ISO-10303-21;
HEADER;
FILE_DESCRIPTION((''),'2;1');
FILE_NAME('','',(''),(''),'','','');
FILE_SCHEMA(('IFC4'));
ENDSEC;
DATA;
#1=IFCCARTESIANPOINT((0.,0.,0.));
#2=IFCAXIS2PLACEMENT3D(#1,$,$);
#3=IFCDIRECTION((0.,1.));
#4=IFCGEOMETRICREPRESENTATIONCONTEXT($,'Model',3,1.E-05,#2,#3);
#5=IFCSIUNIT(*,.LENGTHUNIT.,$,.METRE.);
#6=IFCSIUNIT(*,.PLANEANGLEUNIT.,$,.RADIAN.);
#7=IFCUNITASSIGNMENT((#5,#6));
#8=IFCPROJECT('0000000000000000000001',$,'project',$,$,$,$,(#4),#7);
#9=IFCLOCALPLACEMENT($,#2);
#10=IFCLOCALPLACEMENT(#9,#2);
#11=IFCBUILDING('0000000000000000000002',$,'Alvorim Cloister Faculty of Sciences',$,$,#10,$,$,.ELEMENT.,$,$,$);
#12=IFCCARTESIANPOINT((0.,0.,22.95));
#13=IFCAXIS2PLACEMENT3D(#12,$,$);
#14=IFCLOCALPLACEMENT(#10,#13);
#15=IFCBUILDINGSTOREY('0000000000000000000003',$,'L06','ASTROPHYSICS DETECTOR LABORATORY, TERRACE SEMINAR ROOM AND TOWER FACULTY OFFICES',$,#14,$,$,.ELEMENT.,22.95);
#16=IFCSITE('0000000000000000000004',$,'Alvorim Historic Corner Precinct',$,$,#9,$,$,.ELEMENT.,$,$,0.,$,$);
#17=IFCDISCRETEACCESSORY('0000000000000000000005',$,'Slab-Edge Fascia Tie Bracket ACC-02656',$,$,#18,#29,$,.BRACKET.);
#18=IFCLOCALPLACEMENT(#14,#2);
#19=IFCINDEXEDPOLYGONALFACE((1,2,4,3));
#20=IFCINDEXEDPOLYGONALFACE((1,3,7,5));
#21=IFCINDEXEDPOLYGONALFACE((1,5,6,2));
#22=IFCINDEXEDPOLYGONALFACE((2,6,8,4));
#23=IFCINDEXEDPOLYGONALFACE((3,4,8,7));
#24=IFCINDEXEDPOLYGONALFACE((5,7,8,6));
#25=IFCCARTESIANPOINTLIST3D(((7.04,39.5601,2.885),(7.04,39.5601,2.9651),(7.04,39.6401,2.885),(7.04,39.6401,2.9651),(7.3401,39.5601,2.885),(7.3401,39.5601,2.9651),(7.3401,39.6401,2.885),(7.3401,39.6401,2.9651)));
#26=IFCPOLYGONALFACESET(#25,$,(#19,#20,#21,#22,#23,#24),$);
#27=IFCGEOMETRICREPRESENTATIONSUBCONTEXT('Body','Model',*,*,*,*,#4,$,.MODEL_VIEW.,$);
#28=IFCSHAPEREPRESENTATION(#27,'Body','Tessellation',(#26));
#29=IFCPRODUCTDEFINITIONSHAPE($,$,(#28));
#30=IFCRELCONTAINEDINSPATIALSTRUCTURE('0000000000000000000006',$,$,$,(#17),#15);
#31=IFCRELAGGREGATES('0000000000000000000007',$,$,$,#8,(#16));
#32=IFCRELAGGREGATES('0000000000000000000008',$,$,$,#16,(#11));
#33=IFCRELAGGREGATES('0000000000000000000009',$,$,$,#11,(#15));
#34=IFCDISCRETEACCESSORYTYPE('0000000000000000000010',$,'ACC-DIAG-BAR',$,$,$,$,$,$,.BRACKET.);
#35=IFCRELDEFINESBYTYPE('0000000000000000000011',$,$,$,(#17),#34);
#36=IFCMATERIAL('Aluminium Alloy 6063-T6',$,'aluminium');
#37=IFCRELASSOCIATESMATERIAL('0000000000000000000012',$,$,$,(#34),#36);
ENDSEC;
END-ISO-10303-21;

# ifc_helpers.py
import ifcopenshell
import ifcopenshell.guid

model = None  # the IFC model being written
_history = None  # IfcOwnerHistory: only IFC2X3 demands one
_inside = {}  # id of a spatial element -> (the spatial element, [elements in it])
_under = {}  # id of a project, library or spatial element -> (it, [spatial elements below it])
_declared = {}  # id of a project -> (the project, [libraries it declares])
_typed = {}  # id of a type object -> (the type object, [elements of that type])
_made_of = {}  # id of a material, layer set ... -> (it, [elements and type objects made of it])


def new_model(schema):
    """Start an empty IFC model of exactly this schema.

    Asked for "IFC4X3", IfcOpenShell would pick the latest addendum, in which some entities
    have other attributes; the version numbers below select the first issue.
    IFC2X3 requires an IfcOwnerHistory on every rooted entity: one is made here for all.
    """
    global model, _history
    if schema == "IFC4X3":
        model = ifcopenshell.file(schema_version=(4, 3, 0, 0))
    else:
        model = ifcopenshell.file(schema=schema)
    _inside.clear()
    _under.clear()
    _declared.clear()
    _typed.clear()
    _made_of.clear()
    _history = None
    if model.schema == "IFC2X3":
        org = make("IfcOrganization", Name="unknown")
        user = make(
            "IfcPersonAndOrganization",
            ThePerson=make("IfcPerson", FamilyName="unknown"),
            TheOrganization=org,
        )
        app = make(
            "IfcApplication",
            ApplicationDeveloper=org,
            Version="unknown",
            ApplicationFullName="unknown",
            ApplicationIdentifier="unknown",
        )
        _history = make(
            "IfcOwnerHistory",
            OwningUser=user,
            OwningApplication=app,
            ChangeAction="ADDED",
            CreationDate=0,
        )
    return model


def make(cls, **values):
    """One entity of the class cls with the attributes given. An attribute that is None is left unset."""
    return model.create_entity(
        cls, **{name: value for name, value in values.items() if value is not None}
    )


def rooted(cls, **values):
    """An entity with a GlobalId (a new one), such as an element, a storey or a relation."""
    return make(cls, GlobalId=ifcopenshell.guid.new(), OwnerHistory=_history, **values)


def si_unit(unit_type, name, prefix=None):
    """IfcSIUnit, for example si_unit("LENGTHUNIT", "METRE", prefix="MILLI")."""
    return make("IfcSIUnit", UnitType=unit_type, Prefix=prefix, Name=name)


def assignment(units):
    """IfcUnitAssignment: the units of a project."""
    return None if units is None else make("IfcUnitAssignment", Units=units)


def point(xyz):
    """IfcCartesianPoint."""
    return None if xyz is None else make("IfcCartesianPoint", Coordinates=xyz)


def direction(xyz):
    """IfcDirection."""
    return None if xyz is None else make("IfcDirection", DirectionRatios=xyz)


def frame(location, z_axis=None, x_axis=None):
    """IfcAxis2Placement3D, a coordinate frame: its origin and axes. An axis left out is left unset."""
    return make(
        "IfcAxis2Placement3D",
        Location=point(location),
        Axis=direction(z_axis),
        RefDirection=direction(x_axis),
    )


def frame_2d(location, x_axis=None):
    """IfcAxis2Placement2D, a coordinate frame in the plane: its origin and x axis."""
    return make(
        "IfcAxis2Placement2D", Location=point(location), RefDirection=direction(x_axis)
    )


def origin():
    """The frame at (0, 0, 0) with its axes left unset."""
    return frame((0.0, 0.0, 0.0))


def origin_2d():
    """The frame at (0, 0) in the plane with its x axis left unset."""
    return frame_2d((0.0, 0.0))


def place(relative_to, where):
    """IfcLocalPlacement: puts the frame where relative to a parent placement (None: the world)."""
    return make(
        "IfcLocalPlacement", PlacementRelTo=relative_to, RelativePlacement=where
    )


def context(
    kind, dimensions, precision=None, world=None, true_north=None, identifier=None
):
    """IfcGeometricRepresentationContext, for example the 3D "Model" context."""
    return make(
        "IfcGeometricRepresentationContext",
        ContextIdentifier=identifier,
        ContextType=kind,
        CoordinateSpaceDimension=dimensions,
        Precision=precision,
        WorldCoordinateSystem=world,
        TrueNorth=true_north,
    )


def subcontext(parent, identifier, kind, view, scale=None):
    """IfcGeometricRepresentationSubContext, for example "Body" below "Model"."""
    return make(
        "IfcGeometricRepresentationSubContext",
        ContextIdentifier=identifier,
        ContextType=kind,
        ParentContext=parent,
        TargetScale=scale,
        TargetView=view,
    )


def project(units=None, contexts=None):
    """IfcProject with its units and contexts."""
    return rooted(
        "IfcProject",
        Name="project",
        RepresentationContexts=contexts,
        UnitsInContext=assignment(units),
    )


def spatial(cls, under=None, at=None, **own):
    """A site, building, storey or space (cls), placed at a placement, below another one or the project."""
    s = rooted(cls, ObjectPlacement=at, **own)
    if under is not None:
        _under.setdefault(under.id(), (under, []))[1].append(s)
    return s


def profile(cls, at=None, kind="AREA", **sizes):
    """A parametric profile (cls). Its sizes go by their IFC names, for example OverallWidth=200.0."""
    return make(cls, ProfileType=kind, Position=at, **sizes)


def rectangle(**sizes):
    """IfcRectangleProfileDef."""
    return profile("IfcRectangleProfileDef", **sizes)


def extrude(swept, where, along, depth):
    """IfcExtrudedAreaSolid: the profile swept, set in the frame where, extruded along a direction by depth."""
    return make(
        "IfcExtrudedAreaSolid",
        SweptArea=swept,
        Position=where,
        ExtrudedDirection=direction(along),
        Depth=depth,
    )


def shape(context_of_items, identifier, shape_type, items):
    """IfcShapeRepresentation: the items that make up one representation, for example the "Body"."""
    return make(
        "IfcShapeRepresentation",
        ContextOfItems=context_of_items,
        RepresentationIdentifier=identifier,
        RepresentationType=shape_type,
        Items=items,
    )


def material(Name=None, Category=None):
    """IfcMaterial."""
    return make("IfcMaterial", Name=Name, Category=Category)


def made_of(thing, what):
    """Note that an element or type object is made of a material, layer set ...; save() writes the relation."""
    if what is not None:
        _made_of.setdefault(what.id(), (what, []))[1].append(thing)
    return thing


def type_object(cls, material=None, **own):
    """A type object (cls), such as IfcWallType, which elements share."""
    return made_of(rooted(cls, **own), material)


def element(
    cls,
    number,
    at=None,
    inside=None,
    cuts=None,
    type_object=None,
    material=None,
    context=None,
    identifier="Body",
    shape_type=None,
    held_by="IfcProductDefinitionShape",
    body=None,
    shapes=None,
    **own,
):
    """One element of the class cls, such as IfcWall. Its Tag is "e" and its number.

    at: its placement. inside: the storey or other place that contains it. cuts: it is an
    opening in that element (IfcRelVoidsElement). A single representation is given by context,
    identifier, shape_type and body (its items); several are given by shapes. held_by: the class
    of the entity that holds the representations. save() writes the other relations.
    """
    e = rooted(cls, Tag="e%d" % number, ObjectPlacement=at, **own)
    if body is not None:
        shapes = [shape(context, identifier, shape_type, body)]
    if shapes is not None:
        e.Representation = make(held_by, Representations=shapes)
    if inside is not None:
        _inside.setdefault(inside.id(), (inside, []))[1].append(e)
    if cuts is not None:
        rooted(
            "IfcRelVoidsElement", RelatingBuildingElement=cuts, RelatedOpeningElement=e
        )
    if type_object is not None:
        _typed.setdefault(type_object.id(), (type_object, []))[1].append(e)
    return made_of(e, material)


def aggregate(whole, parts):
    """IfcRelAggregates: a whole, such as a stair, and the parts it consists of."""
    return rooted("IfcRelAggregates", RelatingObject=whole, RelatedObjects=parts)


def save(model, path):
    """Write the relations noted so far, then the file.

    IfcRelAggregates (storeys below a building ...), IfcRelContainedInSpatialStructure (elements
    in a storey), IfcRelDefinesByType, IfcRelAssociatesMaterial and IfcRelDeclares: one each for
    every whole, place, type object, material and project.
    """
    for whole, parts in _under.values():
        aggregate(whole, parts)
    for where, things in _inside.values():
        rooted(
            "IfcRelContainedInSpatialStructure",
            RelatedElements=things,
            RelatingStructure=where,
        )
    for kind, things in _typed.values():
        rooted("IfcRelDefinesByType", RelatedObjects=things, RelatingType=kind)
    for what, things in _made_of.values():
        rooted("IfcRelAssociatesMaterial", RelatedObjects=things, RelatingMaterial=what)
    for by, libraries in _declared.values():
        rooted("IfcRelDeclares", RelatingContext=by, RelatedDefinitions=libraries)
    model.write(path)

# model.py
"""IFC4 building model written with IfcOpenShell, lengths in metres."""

from ifc_helpers import new_model, si_unit, direction, frame, origin, origin_2d, place, context, subcontext, project, spatial, rectangle, extrude, material, type_object, element, save


model = new_model("IFC4")

# Units and contexts
model_context = context("Model", 3, precision=1e-05, world=origin(), true_north=direction((0.0, 1.0)))
body_context = subcontext(model_context, "Body", "Model", "MODEL_VIEW")
ifc_project = project(units=[si_unit("LENGTHUNIT", "METRE"), si_unit("PLANEANGLEUNIT", "RADIAN")], contexts=[model_context])

# Site, building, storey
site_placement = place(None, origin())
site = spatial("IfcSite", under=ifc_project, at=site_placement, Name="Alvorim Historic Corner Precinct", CompositionType="ELEMENT", RefElevation=0.0)
building_placement = place(site_placement, origin())
building = spatial("IfcBuilding", under=site, at=building_placement, Name="Alvorim Cloister Faculty of Sciences", CompositionType="ELEMENT")
storey_placement = place(building_placement, frame((0.0, 0.0, 22.95)))
storey = spatial("IfcBuildingStorey", under=building, at=storey_placement, Name="L06", Description="ASTROPHYSICS DETECTOR LABORATORY, TERRACE SEMINAR ROOM AND TOWER FACULTY OFFICES", CompositionType="ELEMENT", Elevation=22.95)

# Shared definitions
ifc_material_1 = material(Name="Aluminium Alloy 6063-T6", Category="aluminium")

# Discrete accessory
discrete_accessory_type = type_object("IfcDiscreteAccessoryType", Name="ACC-DIAG-BAR", PredefinedType="BRACKET", material=ifc_material_1)
discrete_accessory_placement = place(storey_placement, frame((7.3401, 39.6001, 2.925), z_axis=(-1.0, 0.0, 0.0), x_axis=(0.0, -1.0, 0.0)))
element("IfcDiscreteAccessory", 1, at=discrete_accessory_placement, inside=storey, type_object=discrete_accessory_type, Name="Slab-Edge Fascia Tie Bracket ACC-02656", PredefinedType="BRACKET", context=body_context, shape_type="SweptSolid", body=[
    extrude(rectangle(XDim=0.0801, YDim=0.0801, at=origin_2d()), origin(), (0.0, 0.0, 1.0), 0.3),
])

save(model, "model.ifc")
